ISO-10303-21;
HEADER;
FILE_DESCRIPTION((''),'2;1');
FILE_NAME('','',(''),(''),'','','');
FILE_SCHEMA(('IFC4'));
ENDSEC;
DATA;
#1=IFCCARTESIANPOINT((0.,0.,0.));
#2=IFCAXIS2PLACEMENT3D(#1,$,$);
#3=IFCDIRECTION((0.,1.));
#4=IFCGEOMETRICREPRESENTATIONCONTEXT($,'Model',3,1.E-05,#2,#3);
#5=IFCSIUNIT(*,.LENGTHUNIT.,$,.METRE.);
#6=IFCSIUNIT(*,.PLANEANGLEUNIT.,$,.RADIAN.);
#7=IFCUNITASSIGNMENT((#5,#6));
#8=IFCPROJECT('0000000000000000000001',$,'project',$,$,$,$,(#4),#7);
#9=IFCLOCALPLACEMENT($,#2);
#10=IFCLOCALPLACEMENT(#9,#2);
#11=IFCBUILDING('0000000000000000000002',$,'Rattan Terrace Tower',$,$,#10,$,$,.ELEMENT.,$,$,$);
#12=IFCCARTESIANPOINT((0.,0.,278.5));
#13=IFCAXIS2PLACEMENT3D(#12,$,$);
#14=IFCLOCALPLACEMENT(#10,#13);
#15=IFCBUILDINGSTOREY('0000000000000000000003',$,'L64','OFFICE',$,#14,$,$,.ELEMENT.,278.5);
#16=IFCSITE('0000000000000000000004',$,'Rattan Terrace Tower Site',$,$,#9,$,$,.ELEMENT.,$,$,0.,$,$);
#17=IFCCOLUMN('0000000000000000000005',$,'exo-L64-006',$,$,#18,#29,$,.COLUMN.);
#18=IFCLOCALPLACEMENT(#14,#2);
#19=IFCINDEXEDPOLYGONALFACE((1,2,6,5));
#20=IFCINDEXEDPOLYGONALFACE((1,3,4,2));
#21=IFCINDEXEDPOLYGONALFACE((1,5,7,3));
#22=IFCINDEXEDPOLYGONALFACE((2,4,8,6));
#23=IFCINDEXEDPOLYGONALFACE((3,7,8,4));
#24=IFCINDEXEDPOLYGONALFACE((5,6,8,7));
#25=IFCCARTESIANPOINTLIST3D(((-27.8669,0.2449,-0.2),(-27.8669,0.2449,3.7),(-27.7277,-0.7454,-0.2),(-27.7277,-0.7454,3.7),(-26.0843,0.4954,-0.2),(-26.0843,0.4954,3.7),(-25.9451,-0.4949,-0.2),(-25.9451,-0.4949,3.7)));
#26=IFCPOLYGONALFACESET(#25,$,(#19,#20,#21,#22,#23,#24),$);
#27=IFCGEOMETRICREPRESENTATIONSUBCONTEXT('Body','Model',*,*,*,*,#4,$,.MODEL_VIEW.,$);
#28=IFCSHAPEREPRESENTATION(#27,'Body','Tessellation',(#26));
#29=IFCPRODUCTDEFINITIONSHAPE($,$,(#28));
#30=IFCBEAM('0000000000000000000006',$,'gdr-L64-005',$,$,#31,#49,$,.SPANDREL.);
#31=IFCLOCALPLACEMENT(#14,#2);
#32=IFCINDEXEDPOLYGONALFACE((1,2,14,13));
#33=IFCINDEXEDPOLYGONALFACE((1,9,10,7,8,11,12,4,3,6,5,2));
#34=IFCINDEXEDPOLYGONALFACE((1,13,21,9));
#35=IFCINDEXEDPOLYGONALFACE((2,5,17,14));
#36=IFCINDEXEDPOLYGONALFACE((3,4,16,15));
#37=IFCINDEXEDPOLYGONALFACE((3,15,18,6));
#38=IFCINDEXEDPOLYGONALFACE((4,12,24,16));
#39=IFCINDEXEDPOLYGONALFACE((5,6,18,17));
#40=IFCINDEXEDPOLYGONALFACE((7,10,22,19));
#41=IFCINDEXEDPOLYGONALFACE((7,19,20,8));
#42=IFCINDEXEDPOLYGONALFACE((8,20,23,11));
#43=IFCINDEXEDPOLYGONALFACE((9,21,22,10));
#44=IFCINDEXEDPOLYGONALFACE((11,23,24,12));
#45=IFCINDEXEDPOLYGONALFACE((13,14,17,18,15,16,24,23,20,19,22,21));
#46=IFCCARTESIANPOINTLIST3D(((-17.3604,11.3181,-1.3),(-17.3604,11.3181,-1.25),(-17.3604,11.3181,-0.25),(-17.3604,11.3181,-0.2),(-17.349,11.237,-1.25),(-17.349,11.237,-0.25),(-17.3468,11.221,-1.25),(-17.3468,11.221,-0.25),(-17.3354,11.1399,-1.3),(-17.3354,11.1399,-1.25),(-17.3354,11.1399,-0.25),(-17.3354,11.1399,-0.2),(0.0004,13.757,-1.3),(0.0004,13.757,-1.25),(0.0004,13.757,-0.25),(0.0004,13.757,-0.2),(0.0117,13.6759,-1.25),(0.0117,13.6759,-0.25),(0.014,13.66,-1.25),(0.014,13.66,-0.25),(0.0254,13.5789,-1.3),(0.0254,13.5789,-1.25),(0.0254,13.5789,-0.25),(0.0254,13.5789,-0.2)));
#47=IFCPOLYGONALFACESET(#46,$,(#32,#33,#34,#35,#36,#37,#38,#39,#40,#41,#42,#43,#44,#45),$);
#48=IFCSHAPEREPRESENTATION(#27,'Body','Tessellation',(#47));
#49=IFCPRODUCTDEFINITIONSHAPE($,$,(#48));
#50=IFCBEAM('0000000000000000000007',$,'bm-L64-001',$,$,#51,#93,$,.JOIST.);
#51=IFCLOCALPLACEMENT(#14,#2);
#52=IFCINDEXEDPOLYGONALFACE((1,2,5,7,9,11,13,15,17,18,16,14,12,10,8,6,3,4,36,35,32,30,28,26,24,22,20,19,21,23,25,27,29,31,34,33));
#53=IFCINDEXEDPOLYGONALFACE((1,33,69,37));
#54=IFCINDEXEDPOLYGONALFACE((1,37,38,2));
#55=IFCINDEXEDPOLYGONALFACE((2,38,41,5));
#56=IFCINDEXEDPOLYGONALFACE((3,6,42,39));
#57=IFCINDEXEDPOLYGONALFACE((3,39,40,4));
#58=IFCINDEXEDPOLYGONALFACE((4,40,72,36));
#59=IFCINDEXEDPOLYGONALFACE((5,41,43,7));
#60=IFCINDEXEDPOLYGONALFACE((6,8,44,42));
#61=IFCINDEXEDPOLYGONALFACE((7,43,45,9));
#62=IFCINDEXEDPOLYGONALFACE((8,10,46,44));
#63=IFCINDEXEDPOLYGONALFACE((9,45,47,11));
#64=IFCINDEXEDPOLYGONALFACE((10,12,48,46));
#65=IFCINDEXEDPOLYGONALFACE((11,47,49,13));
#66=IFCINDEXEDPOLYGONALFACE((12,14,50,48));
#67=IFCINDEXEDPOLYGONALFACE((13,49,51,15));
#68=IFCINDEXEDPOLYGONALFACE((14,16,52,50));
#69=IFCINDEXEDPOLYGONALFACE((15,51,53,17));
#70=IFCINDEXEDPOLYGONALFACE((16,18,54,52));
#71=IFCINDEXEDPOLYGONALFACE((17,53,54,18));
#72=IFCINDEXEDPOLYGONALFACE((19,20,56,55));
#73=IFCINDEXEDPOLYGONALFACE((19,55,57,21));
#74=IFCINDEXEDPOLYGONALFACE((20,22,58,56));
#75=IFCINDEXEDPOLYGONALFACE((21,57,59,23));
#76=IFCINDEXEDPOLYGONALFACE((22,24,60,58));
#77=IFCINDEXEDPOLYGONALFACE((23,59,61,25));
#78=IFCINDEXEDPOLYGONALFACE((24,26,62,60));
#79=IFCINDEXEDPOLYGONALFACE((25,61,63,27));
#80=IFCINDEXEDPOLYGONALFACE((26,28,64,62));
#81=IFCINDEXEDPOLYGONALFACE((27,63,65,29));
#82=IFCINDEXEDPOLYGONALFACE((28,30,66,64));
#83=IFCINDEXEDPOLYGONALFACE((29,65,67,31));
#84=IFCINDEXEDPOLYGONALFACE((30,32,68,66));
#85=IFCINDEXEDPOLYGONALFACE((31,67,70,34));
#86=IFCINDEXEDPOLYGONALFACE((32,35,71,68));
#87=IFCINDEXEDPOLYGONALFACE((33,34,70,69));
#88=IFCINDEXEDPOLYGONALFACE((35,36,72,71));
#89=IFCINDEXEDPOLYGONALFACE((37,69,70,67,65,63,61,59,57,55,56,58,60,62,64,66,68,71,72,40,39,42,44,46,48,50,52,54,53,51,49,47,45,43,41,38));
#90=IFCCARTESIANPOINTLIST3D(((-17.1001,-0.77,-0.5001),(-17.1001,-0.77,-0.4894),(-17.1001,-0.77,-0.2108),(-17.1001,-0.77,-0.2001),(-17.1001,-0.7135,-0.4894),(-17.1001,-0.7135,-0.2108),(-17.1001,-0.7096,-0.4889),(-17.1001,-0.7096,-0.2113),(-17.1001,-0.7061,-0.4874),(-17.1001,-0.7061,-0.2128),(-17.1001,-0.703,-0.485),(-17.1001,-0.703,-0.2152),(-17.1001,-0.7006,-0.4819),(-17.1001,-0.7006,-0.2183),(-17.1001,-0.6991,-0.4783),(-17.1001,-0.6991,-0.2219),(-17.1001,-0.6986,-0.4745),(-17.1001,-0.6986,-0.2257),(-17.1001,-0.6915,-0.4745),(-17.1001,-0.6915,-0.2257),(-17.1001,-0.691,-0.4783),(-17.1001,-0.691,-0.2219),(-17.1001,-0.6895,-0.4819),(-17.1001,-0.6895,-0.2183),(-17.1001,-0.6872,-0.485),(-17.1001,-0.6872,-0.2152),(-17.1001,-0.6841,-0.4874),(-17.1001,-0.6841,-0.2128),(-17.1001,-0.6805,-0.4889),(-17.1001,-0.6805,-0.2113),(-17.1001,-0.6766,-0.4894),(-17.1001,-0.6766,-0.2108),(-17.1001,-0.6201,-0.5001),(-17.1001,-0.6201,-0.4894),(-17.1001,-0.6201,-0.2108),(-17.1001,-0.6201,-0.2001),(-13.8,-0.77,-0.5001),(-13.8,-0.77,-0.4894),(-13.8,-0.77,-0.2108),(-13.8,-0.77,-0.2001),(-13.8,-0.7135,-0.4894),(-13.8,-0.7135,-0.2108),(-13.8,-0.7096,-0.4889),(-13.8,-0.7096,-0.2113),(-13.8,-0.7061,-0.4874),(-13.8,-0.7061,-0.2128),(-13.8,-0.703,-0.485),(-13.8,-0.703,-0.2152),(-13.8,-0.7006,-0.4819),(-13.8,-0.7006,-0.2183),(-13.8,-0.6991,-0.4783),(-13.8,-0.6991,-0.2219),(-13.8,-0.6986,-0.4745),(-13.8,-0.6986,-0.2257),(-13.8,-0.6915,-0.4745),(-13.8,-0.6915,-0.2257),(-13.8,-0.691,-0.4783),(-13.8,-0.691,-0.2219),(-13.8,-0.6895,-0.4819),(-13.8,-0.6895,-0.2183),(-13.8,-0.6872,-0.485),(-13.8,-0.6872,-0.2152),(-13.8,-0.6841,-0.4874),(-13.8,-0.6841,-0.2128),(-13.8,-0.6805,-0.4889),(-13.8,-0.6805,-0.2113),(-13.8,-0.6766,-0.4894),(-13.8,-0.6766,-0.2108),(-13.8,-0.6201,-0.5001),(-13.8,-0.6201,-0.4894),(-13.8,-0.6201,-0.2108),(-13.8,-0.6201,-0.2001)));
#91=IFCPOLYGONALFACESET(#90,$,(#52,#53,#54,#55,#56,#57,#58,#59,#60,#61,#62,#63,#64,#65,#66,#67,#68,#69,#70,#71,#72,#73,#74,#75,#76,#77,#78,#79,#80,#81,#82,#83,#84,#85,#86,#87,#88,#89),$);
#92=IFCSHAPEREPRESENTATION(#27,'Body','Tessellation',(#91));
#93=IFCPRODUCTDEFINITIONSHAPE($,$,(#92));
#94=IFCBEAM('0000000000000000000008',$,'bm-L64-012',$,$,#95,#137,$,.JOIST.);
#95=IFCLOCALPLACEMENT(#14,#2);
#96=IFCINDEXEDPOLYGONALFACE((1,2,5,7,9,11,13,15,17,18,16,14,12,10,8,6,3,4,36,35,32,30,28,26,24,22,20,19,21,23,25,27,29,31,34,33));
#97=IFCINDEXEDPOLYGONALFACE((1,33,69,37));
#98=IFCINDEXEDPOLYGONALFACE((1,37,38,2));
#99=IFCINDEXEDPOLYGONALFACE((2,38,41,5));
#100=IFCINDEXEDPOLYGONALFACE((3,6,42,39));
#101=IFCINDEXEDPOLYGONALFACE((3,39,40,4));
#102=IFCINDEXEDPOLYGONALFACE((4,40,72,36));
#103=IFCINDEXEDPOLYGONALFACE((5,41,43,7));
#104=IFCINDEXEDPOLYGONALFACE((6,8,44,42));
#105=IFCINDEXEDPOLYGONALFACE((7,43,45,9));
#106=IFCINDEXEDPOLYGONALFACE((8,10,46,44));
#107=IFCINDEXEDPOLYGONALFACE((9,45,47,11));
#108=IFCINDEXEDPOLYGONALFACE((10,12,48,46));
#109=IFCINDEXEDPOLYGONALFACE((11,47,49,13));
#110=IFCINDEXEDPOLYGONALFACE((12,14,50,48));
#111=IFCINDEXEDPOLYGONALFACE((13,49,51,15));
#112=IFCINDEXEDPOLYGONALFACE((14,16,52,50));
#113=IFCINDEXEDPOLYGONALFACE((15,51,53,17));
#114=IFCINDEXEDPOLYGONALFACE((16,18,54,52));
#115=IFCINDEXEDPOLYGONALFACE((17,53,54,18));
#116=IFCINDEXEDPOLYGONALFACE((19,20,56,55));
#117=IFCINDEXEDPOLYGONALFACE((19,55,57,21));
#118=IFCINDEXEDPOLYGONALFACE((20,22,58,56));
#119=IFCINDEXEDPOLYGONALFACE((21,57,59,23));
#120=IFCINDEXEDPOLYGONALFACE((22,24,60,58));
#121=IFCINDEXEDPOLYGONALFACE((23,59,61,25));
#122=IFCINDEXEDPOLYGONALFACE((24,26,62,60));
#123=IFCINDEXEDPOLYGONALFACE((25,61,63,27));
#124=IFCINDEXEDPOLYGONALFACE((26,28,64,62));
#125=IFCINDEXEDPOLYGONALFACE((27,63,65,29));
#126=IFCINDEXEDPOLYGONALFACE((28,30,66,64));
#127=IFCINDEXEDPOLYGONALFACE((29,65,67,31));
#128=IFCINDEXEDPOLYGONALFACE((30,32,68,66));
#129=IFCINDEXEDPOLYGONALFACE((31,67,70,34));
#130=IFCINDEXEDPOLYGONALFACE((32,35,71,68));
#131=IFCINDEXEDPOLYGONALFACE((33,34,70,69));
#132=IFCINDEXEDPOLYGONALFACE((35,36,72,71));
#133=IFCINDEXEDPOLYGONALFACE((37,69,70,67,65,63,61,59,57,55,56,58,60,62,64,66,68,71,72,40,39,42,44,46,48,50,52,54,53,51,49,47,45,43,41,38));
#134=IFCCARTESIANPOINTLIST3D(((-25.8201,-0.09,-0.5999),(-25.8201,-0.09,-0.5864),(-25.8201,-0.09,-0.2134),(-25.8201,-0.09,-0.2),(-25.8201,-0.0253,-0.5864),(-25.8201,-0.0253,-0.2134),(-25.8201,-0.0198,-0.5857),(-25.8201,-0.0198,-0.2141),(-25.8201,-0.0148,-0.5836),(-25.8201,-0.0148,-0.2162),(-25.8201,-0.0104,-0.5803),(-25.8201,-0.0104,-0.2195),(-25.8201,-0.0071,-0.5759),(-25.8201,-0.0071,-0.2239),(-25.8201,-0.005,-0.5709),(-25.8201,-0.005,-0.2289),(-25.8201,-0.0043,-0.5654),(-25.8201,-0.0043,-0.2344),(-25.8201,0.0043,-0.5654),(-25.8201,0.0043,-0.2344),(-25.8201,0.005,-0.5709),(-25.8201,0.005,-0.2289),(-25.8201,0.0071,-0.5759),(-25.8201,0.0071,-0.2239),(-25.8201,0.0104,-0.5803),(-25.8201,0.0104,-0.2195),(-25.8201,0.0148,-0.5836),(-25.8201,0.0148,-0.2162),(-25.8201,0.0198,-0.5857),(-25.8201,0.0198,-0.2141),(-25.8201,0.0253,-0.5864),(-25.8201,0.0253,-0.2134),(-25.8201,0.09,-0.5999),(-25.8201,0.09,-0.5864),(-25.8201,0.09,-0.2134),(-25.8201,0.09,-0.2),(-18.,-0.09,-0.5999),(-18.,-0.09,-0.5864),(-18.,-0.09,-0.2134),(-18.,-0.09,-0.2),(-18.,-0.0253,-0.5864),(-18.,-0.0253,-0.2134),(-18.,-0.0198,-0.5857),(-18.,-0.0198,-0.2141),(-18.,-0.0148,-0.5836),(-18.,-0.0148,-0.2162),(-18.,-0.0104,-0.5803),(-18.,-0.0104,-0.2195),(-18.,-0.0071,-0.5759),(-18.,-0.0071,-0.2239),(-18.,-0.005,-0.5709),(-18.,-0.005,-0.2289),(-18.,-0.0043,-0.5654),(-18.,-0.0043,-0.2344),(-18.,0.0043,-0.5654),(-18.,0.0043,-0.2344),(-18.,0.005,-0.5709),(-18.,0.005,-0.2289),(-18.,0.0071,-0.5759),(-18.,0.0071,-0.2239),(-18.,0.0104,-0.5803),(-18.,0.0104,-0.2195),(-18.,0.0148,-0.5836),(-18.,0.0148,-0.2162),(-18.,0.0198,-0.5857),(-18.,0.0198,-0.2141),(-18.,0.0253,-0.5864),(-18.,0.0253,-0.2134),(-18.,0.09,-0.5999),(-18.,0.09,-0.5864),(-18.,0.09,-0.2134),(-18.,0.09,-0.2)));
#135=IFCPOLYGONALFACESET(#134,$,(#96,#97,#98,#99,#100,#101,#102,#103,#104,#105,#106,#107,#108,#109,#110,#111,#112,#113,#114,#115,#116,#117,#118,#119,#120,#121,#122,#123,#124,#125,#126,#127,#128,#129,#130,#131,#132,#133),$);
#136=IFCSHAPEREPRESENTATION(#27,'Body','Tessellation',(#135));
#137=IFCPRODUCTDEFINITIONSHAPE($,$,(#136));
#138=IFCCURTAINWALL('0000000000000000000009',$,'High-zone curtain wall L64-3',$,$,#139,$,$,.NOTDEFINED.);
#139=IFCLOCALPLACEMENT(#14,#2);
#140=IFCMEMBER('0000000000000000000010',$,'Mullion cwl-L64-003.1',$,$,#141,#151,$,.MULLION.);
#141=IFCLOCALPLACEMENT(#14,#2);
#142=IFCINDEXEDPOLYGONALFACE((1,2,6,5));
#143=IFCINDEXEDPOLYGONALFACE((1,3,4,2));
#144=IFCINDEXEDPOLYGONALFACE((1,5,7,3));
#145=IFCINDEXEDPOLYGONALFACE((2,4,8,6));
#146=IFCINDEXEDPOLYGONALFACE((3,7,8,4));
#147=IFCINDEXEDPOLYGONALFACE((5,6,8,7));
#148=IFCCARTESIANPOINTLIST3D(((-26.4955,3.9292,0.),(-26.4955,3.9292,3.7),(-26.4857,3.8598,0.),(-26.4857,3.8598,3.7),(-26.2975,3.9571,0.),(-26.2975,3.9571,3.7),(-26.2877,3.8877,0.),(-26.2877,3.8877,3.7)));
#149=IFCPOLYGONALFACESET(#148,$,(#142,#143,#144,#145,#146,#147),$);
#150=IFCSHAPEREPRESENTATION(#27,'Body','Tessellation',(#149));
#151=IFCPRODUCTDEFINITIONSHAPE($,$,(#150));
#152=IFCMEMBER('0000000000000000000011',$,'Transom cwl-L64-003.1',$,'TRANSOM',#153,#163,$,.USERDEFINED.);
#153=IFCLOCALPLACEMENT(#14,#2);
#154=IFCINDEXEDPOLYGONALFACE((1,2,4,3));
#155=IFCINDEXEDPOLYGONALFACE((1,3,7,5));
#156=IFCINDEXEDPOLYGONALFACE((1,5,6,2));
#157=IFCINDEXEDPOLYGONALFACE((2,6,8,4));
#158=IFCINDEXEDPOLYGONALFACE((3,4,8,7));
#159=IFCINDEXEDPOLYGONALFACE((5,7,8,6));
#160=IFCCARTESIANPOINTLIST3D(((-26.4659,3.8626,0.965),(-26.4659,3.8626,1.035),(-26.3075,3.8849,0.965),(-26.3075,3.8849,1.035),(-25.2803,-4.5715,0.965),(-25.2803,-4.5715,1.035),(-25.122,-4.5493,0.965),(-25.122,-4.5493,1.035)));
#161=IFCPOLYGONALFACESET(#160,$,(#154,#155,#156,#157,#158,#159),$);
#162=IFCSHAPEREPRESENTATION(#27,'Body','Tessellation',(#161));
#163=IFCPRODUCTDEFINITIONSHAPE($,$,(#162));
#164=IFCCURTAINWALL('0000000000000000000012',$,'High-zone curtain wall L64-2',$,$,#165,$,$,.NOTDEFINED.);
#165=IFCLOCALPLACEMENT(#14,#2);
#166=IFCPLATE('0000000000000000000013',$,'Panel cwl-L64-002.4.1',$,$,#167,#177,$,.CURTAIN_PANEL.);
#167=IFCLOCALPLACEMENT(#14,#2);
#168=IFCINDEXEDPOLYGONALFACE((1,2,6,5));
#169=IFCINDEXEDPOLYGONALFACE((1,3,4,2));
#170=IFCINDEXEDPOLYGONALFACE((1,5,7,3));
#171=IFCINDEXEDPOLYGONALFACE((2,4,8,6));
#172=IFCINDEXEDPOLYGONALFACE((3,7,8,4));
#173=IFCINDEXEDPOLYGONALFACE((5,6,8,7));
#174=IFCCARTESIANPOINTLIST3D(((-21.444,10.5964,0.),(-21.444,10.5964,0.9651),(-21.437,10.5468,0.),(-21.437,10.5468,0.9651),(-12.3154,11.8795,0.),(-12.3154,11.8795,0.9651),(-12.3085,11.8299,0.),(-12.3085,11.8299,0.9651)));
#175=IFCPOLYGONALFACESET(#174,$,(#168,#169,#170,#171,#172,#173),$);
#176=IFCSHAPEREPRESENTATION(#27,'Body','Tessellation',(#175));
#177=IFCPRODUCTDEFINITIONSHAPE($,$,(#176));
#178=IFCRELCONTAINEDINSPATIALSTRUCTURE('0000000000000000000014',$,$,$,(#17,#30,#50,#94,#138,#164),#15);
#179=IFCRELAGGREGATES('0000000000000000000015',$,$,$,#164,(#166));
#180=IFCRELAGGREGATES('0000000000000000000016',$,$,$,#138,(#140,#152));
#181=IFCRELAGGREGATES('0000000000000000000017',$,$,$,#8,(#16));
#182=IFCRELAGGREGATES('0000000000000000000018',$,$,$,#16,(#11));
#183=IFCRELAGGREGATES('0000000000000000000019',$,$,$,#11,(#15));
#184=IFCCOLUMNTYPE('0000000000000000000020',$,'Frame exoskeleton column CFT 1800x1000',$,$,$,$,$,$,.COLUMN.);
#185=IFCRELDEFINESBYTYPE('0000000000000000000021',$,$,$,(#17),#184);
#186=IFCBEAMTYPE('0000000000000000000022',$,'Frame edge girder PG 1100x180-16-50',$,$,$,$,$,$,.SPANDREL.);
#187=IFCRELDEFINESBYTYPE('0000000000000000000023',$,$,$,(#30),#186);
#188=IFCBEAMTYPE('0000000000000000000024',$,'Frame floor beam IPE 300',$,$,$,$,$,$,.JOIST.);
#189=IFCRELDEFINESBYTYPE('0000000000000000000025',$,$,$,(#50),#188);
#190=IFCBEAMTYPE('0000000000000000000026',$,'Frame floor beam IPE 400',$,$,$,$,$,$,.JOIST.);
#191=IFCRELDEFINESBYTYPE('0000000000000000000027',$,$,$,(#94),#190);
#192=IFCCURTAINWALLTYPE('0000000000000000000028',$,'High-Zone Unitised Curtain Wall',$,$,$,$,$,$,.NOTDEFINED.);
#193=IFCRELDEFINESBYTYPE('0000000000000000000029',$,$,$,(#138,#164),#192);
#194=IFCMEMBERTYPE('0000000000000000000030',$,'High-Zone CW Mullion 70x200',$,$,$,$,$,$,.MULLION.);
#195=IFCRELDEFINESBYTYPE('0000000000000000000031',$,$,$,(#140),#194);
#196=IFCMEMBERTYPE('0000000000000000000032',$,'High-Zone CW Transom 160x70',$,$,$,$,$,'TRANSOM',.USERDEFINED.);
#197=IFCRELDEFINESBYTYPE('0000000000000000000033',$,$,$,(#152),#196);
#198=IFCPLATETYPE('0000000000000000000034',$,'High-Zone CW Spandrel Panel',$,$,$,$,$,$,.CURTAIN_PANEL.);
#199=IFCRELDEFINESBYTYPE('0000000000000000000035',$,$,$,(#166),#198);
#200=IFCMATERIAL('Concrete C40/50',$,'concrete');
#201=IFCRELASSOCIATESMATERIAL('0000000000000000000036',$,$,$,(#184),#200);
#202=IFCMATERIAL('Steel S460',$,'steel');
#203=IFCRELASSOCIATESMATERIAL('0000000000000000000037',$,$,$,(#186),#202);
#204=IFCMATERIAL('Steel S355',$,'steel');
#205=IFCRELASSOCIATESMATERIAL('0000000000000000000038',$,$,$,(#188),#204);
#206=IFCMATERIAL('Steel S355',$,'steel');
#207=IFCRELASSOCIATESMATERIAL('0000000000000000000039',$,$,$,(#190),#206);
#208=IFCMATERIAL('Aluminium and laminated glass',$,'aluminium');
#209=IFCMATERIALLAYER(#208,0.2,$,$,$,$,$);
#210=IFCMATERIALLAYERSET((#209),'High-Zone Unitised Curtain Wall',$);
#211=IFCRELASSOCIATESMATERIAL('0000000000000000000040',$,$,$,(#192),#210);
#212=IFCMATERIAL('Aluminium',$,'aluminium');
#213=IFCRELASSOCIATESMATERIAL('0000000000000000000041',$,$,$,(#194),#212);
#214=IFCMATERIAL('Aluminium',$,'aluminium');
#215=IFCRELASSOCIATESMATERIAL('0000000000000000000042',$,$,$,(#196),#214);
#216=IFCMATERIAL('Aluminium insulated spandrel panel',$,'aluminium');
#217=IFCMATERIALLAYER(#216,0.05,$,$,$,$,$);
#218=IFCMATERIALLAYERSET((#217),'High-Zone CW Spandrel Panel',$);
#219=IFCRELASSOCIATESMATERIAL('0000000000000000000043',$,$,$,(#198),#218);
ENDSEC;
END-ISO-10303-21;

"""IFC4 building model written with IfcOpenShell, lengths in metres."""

from ifc_helpers import new_model, si_unit, direction, frame, origin, origin_2d, place, context, subcontext, project, spatial, rectangle, i_section, extrude, material, layer, layer_set, material_profile, profile_set, type_object, element, aggregate, save


model = new_model("IFC4")

# Units and contexts
model_context = context("Model", 3, precision=1e-05, world=origin(), true_north=direction((0.0, 1.0)))
body_context = subcontext(model_context, "Body", "Model", "MODEL_VIEW")
ifc_project = project(units=[si_unit("LENGTHUNIT", "METRE"), si_unit("PLANEANGLEUNIT", "RADIAN")], contexts=[model_context])

# Site, building, storey
site_placement = place(None, origin())
site = spatial("IfcSite", under=ifc_project, at=site_placement, Name="Rattan Terrace Tower Site", CompositionType="ELEMENT", RefElevation=0.0)
building_placement = place(site_placement, origin())
building = spatial("IfcBuilding", under=site, at=building_placement, Name="Rattan Terrace Tower", CompositionType="ELEMENT")
storey_placement = place(building_placement, frame((0.0, 0.0, 278.5)))
storey = spatial("IfcBuildingStorey", under=building, at=storey_placement, Name="L64", Description="OFFICE", CompositionType="ELEMENT", Elevation=278.5)

# Column
ifc_material_1 = material(Name="Concrete C40/50", Category="concrete")
ifc_material_profile_1 = material_profile(ifc_material_1, rectangle(XDim=1.0, YDim=1.8, at=origin_2d()), Name="CFT 1800x1000")
ifc_profile_set_1 = profile_set([ifc_material_profile_1], Name="Concrete C40/50")
column_type = type_object("IfcColumnType", Name="Frame exoskeleton column CFT 1800x1000", PredefinedType="COLUMN", material=ifc_profile_set_1)
column_placement = place(storey_placement, frame((-26.906, -0.125, -0.2), z_axis=(0.0, 0.0, 1.0), x_axis=(-0.13919, 0.990266, 0.0)))
element("IfcColumn", 1, at=column_placement, inside=storey, type_object=column_type, Name="exo-L64-006", PredefinedType="COLUMN", context=body_context, shape_type="SweptSolid", body=[
    extrude(rectangle(XDim=1.0, YDim=1.8, at=origin_2d()), origin(), (0.0, 0.0, 1.0), 3.8999),
])

# Beams
ifc_material_2 = material(Name="Steel S460", Category="steel")
ifc_material_profile_2 = material_profile(ifc_material_2, i_section(OverallWidth=0.1799, OverallDepth=1.1001, WebThickness=0.0161, FlangeThickness=0.05, at=origin_2d()), Name="PG 1100x180-16-50")
ifc_profile_set_2 = profile_set([ifc_material_profile_2], Name="Steel S460")
beam_type_1 = type_object("IfcBeamType", Name="Frame edge girder PG 1100x180-16-50", PredefinedType="SPANDREL", material=ifc_profile_set_2)
beam_1_placement = place(storey_placement, frame((-17.3479, 11.229, -0.75), z_axis=(0.990275, 0.13912, 0.0), x_axis=(-0.13912, 0.990275, 0.0)))
element("IfcBeam", 2, at=beam_1_placement, inside=storey, type_object=beam_type_1, Name="gdr-L64-005", PredefinedType="SPANDREL", context=body_context, shape_type="SweptSolid", body=[
    extrude(i_section(OverallWidth=0.1799, OverallDepth=1.1001, WebThickness=0.0161, FlangeThickness=0.05, at=origin_2d()), origin(), (0.0, 0.0, 1.0), 17.5312),
])
ifc_material_3 = material(Name="Steel S355", Category="steel")
ifc_material_profile_3 = material_profile(ifc_material_3, i_section(OverallWidth=0.1499, OverallDepth=0.3, WebThickness=0.0071, FlangeThickness=0.0107, FilletRadius=0.0149, at=origin_2d()), Name="IPE 300")
ifc_profile_set_3 = profile_set([ifc_material_profile_3], Name="Steel S355")
beam_type_2 = type_object("IfcBeamType", Name="Frame floor beam IPE 300", PredefinedType="JOIST", material=ifc_profile_set_3)
beam_2_placement = place(storey_placement, frame((-17.1001, -0.6951, -0.3501), z_axis=(1.0, 0.0, 0.0), x_axis=(0.0, 1.0, 0.0)))
element("IfcBeam", 3, at=beam_2_placement, inside=storey, type_object=beam_type_2, Name="bm-L64-001", PredefinedType="JOIST", context=body_context, shape_type="SweptSolid", body=[
    extrude(i_section(OverallWidth=0.1499, OverallDepth=0.3, WebThickness=0.0071, FlangeThickness=0.0107, FilletRadius=0.0149, at=origin_2d()), origin(), (0.0, 0.0, 1.0), 3.3),
])
ifc_material_4 = material(Name="Steel S355", Category="steel")
ifc_material_profile_4 = material_profile(ifc_material_4, i_section(OverallWidth=0.1799, OverallDepth=0.3999, WebThickness=0.0085, FlangeThickness=0.0134, FilletRadius=0.021, at=origin_2d()), Name="IPE 400")
ifc_profile_set_4 = profile_set([ifc_material_profile_4], Name="Steel S355")
beam_type_3 = type_object("IfcBeamType", Name="Frame floor beam IPE 400", PredefinedType="JOIST", material=ifc_profile_set_4)
beam_3_placement = place(storey_placement, frame((-25.8201, 0.0, -0.3999), z_axis=(1.0, 0.0, 0.0), x_axis=(0.0, 1.0, 0.0)))
element("IfcBeam", 4, at=beam_3_placement, inside=storey, type_object=beam_type_3, Name="bm-L64-012", PredefinedType="JOIST", context=body_context, shape_type="SweptSolid", body=[
    extrude(i_section(OverallWidth=0.1799, OverallDepth=0.3999, WebThickness=0.0085, FlangeThickness=0.0134, FilletRadius=0.021, at=origin_2d()), origin(), (0.0, 0.0, 1.0), 7.8201),
])

# Curtain wall, members
ifc_material_5 = material(Name="Aluminium and laminated glass", Category="aluminium")
ifc_layer_1 = layer(ifc_material_5, 0.2)
ifc_layer_set_1 = layer_set([ifc_layer_1], Name="High-Zone Unitised Curtain Wall")
curtain_wall_type = type_object("IfcCurtainWallType", Name="High-Zone Unitised Curtain Wall", PredefinedType="NOTDEFINED", material=ifc_layer_set_1)
curtain_wall_1_placement = place(storey_placement, origin())
curtain_wall_1 = element("IfcCurtainWall", 5, at=curtain_wall_1_placement, inside=storey, type_object=curtain_wall_type, Name="High-zone curtain wall L64-3", PredefinedType="NOTDEFINED")
ifc_material_6 = material(Name="Aluminium", Category="aluminium")
ifc_material_profile_5 = material_profile(ifc_material_6, rectangle(XDim=0.0701, YDim=0.2, at=origin_2d()), Name="Aluminium 70x200")
ifc_profile_set_5 = profile_set([ifc_material_profile_5], Name="Aluminium")
member_type_1 = type_object("IfcMemberType", Name="High-Zone CW Mullion 70x200", PredefinedType="MULLION", material=ifc_profile_set_5)
member_1_placement = place(storey_placement, frame((-26.3916, 3.9084, 0.0), z_axis=(0.0, 0.0, 1.0), x_axis=(0.139192, -0.990265, 0.0)))
member_1 = element("IfcMember", 6, at=member_1_placement, type_object=member_type_1, Name="Mullion cwl-L64-003.1", PredefinedType="MULLION", context=body_context, shape_type="SweptSolid", body=[
    extrude(rectangle(XDim=0.0701, YDim=0.2, at=origin_2d()), origin(), (0.0, 0.0, 1.0), 3.7),
])
ifc_material_7 = material(Name="Aluminium", Category="aluminium")
ifc_material_profile_6 = material_profile(ifc_material_7, rectangle(XDim=0.1599, YDim=0.0701, at=origin_2d()), Name="Aluminium 160x70")
ifc_profile_set_6 = profile_set([ifc_material_profile_6], Name="Aluminium")
member_type_2 = type_object("IfcMemberType", Name="High-Zone CW Transom 160x70", ElementType="TRANSOM", PredefinedType="USERDEFINED", material=ifc_profile_set_6)
member_2_placement = place(storey_placement, frame((-26.3867, 3.8738, 1.0), z_axis=(0.139198, -0.990265, 0.0), x_axis=(0.990265, 0.139198, 0.0)))
member_2 = element("IfcMember", 7, at=member_2_placement, type_object=member_type_2, Name="Transom cwl-L64-003.1", ObjectType="TRANSOM", PredefinedType="USERDEFINED", context=body_context, shape_type="SweptSolid", body=[
    extrude(rectangle(XDim=0.1599, YDim=0.0701, at=origin_2d()), origin(), (0.0, 0.0, 1.0), 8.5171),
])

# Curtain wall, plate
curtain_wall_2_placement = place(storey_placement, origin())
curtain_wall_2 = element("IfcCurtainWall", 8, at=curtain_wall_2_placement, inside=storey, type_object=curtain_wall_type, Name="High-zone curtain wall L64-2", PredefinedType="NOTDEFINED")
ifc_material_8 = material(Name="Aluminium insulated spandrel panel", Category="aluminium")
ifc_layer_2 = layer(ifc_material_8, 0.05)
ifc_layer_set_2 = layer_set([ifc_layer_2], Name="High-Zone CW Spandrel Panel")
plate_type_1 = type_object("IfcPlateType", Name="High-Zone CW Spandrel Panel", PredefinedType="CURTAIN_PANEL", material=ifc_layer_set_2)
plate_1_placement = place(storey_placement, frame((-16.8762, 11.2131, 0.0), z_axis=(0.0, 0.0, 1.0), x_axis=(-0.990266, -0.139189, 0.0)))
plate_1 = element("IfcPlate", 9, at=plate_1_placement, type_object=plate_type_1, Name="Panel cwl-L64-002.4.1", PredefinedType="CURTAIN_PANEL", context=body_context, shape_type="SweptSolid", body=[
    extrude(rectangle(XDim=9.2183, YDim=0.05, at=origin_2d()), origin(), (0.0, 0.0, 1.0), 0.9651),
])

aggregate(curtain_wall_2, [plate_1])
aggregate(curtain_wall_1, [member_1, member_2])

save(model, "model.ifc")
